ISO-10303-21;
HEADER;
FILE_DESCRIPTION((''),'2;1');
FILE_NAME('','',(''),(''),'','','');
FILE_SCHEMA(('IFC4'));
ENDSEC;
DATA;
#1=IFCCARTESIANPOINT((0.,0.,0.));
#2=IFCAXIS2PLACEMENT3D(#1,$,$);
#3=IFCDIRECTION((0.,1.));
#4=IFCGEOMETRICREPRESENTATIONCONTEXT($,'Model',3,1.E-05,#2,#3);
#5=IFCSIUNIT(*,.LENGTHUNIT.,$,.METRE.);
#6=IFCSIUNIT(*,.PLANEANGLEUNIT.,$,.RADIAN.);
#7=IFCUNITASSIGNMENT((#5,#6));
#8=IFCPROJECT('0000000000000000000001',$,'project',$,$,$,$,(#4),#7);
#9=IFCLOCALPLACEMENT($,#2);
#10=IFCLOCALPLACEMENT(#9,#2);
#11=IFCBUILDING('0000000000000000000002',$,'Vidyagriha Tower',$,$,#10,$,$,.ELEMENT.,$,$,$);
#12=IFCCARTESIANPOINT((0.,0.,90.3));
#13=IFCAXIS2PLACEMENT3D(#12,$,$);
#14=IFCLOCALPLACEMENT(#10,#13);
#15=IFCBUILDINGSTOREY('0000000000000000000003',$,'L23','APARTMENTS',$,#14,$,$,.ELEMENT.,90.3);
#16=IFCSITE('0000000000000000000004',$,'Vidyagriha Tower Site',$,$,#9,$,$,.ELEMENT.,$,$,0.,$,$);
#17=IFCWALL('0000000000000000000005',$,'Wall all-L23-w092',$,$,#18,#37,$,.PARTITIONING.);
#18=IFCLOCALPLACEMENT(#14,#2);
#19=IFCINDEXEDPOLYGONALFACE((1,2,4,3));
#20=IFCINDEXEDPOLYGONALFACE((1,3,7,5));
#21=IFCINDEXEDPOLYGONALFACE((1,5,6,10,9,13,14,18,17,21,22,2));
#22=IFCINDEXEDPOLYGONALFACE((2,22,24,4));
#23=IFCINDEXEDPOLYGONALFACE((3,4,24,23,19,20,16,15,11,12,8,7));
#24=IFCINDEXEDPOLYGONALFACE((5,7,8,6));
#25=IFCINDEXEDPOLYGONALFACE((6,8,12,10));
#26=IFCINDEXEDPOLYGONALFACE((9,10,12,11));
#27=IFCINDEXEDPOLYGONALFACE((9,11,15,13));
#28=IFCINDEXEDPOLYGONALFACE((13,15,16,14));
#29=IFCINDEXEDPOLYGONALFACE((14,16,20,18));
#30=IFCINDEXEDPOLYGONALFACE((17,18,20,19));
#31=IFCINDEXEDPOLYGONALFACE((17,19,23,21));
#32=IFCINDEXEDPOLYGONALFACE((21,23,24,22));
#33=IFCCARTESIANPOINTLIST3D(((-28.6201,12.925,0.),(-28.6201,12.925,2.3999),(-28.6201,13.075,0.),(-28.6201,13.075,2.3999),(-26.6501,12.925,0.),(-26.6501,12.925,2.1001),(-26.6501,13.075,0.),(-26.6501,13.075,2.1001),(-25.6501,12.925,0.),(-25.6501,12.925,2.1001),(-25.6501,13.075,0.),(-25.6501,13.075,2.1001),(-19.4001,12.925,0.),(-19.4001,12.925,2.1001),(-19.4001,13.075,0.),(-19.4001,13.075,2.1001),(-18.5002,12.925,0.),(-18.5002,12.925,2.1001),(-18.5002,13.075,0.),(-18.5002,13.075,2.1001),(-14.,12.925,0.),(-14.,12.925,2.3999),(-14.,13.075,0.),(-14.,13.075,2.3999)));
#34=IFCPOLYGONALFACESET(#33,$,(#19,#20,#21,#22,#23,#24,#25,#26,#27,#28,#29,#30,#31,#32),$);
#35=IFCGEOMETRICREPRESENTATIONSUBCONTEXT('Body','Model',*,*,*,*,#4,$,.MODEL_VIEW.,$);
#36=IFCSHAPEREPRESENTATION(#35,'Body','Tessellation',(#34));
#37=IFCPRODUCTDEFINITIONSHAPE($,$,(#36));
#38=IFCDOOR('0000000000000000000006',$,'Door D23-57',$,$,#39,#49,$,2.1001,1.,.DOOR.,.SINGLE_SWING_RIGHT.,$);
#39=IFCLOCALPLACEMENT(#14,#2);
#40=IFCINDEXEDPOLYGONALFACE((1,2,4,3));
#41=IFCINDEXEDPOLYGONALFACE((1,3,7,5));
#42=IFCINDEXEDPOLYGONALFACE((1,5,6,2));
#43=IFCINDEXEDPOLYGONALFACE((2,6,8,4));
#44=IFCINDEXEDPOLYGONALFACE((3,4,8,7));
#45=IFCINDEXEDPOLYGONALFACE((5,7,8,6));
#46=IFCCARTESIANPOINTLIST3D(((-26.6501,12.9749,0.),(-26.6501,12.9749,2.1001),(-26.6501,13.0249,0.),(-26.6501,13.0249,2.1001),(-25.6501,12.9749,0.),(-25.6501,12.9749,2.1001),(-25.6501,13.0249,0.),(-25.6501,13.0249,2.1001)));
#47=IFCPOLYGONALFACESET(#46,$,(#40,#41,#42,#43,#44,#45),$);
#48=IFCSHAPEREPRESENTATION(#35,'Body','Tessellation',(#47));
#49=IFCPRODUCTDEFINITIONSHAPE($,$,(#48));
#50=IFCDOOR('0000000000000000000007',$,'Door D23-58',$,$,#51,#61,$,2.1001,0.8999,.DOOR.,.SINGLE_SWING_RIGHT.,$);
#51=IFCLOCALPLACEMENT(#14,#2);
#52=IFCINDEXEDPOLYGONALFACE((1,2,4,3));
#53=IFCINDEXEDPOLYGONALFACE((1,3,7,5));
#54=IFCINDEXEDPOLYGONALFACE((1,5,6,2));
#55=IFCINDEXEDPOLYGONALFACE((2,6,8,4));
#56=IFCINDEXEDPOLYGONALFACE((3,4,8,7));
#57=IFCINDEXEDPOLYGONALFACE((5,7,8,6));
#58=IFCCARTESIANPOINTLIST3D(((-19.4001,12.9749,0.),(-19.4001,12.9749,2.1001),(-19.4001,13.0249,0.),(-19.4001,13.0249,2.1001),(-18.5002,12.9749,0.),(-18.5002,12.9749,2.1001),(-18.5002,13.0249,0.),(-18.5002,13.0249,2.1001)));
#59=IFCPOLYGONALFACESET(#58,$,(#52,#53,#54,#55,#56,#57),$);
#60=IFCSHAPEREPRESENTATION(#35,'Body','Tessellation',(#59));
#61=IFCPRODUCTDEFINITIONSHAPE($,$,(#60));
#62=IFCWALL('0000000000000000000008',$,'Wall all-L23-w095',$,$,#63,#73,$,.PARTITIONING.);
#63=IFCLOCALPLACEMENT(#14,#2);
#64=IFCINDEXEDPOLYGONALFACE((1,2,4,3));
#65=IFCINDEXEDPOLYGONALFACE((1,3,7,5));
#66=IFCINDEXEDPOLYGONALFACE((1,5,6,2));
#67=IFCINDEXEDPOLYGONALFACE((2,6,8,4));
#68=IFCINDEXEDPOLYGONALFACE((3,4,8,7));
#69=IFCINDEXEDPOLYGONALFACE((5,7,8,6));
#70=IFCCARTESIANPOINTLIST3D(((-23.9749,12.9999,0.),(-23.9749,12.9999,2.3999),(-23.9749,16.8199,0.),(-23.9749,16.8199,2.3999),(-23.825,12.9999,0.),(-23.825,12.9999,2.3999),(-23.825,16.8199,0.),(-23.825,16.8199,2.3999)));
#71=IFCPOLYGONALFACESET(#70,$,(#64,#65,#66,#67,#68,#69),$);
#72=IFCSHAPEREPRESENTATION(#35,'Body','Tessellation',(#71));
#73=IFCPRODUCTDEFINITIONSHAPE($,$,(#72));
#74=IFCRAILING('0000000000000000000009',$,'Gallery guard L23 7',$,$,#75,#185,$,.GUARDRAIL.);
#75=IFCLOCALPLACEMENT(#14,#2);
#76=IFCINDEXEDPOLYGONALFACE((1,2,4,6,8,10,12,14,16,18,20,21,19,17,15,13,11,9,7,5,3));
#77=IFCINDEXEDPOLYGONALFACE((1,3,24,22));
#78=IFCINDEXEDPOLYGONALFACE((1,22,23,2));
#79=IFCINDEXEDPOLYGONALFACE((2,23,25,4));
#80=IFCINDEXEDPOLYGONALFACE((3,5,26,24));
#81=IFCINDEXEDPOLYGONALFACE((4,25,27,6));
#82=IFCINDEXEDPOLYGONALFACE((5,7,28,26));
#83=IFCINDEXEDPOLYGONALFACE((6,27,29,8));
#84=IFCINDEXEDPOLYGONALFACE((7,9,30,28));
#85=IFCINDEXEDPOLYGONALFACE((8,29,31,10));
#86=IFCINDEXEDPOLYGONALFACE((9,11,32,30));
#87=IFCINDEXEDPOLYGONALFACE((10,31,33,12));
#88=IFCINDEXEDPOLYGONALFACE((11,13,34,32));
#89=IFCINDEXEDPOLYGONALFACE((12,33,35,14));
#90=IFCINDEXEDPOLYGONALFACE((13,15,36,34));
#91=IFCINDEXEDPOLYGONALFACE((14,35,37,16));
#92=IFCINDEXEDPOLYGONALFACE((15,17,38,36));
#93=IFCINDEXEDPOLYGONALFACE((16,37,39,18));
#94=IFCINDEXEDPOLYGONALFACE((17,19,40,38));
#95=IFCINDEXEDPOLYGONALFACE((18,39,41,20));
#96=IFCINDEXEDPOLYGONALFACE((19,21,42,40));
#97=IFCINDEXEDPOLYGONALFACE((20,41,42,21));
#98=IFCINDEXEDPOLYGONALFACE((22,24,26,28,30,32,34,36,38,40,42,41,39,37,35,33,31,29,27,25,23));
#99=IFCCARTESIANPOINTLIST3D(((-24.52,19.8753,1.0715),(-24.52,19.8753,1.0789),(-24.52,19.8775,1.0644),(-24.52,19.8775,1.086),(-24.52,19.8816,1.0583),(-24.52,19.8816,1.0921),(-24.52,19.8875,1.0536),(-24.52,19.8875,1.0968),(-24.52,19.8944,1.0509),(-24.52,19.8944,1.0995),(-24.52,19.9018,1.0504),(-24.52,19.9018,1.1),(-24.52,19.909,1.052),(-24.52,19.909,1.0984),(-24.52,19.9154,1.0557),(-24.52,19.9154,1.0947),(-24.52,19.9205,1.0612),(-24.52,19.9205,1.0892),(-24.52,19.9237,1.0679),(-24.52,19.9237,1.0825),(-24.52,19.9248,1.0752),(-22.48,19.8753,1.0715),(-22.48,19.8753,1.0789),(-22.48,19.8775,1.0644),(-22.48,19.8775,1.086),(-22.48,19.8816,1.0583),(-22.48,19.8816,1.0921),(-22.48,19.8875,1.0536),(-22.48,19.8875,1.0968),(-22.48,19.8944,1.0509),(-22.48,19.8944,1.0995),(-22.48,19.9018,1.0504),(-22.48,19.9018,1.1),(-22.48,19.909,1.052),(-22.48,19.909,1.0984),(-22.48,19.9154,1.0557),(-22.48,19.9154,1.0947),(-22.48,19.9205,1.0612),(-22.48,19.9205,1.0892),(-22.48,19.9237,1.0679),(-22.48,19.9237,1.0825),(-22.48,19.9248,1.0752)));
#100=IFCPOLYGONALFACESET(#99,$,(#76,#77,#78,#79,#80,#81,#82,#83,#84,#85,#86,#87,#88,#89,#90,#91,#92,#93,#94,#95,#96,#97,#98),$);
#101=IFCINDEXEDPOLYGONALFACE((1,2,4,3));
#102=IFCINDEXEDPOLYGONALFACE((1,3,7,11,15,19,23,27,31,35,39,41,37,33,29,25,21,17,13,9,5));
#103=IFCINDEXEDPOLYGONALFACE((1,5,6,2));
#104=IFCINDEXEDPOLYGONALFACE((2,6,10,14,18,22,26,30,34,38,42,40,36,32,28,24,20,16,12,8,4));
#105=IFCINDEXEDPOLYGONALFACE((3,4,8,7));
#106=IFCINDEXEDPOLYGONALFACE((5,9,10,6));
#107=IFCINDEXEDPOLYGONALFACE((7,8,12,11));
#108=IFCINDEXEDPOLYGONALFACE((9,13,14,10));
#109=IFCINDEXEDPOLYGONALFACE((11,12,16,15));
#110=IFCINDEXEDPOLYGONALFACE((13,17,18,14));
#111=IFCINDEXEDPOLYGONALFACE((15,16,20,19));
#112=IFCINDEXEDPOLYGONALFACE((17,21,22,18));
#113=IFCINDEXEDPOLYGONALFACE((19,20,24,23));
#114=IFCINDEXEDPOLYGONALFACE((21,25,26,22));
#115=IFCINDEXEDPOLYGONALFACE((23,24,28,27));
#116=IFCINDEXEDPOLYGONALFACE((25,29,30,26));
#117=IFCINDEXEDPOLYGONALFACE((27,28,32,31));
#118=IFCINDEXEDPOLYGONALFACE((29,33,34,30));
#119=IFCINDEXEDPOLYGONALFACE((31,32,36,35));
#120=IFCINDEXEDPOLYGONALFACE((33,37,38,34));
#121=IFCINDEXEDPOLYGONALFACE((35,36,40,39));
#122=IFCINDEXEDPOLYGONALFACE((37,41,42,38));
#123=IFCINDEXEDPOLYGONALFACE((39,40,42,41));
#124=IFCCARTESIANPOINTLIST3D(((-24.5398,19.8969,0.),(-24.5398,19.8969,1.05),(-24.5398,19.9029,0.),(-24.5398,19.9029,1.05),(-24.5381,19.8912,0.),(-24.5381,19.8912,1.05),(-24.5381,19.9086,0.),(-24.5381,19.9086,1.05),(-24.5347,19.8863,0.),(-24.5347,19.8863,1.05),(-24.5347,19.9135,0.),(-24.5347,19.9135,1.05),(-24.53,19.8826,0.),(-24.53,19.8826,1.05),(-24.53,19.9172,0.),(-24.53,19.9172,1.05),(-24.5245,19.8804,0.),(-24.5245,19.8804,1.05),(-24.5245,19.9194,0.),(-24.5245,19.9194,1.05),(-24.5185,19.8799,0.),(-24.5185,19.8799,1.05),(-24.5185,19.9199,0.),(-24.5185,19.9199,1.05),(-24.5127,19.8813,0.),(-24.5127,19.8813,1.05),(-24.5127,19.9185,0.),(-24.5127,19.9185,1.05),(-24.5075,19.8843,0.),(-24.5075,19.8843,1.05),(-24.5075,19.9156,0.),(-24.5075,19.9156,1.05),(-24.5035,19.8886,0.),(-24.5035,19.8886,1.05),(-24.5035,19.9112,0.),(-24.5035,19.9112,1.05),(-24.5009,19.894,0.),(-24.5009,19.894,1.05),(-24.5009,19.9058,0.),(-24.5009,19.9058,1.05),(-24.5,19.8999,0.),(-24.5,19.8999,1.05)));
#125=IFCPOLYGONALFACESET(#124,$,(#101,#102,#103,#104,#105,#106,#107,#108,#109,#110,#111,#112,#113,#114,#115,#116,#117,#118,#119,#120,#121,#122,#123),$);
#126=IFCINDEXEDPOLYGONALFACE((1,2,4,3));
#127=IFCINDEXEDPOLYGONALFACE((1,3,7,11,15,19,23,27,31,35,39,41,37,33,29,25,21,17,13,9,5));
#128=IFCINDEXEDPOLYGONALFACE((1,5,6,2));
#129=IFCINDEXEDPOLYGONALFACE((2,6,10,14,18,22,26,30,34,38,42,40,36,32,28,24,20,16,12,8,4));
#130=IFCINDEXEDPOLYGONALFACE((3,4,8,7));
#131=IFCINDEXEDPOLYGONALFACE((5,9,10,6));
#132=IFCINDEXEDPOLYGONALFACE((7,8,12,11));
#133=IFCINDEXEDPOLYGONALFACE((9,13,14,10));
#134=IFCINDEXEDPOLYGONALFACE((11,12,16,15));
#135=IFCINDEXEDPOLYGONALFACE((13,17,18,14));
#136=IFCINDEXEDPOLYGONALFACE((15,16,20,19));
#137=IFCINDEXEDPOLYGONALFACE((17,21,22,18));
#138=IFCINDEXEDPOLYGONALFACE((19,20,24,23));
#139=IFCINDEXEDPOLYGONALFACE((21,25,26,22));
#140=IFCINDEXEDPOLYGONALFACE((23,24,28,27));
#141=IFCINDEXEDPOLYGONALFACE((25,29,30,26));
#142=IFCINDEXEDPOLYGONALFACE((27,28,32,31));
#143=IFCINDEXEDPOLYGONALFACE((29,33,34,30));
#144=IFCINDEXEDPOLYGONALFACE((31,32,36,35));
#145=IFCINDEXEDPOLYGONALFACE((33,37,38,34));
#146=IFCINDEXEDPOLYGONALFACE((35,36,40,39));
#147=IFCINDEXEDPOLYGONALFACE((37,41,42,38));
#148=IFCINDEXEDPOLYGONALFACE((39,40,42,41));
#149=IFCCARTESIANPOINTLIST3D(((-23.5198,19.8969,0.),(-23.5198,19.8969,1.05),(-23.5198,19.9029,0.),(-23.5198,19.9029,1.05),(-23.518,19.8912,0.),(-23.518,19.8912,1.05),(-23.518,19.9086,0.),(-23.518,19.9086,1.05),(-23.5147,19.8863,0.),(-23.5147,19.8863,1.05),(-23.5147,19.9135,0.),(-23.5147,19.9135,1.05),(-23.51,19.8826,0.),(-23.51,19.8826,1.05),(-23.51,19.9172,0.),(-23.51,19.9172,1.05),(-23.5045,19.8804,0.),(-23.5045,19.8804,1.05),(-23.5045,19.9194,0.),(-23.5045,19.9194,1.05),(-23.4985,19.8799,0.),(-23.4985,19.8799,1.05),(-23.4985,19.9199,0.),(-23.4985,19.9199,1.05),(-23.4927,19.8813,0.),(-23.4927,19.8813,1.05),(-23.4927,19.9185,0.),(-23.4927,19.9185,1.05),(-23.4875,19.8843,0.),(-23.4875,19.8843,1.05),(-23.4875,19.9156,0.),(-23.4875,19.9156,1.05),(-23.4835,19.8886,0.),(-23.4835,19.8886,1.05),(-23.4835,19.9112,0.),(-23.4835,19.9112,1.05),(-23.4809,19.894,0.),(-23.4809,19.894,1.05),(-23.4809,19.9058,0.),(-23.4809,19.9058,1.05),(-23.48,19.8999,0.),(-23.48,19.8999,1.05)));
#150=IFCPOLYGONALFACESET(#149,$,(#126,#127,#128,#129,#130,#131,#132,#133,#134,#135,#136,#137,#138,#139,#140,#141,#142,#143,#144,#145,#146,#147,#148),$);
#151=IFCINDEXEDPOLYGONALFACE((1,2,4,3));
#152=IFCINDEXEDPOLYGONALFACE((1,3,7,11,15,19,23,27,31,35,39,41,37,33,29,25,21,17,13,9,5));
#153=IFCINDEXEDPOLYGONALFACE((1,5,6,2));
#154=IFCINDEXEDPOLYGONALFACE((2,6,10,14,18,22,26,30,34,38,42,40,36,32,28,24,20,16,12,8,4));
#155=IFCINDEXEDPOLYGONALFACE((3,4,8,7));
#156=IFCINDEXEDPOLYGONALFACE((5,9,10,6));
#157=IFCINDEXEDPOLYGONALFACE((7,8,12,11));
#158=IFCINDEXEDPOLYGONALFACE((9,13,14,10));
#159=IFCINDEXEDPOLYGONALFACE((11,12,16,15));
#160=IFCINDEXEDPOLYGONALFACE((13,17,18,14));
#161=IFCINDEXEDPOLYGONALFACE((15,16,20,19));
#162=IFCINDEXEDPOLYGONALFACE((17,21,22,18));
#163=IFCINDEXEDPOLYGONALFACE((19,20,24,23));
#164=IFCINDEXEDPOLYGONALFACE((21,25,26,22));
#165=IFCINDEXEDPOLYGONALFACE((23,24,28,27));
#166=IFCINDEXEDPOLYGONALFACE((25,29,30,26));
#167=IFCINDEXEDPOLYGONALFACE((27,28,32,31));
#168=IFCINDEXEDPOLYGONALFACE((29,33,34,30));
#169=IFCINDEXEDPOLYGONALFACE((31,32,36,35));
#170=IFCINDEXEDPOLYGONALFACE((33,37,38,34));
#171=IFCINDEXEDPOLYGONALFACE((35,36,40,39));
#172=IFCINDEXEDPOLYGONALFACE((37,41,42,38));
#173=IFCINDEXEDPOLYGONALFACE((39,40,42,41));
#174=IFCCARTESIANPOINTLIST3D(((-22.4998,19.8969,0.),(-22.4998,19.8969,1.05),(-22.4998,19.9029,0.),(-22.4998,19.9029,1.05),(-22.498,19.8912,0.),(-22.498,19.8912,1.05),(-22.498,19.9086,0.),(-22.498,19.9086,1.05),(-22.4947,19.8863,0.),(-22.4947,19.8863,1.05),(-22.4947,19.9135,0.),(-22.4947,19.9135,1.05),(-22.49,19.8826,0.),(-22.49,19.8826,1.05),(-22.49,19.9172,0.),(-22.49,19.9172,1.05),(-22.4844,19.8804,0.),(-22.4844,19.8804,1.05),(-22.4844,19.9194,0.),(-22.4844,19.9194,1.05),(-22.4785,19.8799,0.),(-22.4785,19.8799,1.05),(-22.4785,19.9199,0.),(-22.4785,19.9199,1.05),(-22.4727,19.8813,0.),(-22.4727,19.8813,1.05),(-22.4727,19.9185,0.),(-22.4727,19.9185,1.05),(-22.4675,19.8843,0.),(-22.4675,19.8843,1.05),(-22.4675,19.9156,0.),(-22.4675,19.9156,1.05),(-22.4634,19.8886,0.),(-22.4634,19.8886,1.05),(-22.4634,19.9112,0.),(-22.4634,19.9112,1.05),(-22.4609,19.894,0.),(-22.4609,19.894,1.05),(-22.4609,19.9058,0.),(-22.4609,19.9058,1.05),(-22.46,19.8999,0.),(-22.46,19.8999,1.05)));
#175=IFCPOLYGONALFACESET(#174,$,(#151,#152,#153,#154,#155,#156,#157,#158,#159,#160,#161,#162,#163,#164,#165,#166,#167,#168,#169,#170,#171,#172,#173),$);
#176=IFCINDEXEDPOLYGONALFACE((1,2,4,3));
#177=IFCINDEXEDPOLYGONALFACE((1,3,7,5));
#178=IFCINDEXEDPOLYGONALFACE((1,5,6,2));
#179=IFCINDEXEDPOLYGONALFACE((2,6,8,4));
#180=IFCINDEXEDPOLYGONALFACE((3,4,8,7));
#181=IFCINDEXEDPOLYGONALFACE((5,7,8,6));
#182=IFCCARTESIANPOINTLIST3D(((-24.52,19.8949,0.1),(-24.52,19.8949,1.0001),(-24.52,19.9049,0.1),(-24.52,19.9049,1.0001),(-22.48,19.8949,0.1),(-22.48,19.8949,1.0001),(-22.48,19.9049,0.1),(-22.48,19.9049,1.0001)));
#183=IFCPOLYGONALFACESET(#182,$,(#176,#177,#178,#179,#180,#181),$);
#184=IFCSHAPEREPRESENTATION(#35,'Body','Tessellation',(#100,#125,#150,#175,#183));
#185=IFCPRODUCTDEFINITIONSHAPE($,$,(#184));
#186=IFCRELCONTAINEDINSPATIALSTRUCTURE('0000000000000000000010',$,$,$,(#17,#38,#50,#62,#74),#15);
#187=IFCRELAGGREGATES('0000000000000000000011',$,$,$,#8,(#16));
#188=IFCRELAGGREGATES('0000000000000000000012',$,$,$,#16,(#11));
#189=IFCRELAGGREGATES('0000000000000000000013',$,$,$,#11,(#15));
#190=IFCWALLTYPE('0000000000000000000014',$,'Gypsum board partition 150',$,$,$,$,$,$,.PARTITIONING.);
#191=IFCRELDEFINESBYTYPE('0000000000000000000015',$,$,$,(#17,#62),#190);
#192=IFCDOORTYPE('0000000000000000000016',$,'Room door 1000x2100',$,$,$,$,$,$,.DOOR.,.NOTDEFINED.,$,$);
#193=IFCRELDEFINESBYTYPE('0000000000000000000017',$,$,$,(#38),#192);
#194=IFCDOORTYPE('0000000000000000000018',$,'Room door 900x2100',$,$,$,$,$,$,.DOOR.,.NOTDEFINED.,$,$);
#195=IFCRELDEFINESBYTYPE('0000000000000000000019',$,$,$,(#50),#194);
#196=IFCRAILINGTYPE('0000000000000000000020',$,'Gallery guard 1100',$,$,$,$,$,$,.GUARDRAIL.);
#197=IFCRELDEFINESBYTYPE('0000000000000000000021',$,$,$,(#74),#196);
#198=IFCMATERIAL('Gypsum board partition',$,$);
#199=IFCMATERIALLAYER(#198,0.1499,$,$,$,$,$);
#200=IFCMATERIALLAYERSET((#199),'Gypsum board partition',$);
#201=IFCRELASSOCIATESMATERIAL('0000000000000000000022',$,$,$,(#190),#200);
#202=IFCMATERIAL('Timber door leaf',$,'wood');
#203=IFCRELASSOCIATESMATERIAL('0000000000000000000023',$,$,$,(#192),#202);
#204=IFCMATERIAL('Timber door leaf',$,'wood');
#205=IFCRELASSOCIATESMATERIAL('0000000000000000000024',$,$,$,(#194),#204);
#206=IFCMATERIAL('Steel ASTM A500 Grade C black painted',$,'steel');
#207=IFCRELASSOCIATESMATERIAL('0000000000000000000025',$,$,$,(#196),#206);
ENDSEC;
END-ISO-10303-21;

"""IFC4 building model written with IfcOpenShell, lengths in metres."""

from ifc_helpers import new_model, si_unit, direction, frame, frame_2d, origin, origin_2d, place, context, subcontext, project, spatial, rectangle, circle, extrude, material, layer, layer_set, type_object, element, fill, save


model = new_model("IFC4")

# Units and contexts
model_context = context("Model", 3, precision=1e-05, world=origin(), true_north=direction((0.0, 1.0)))
body_context = subcontext(model_context, "Body", "Model", "MODEL_VIEW")
ifc_project = project(units=[si_unit("LENGTHUNIT", "METRE"), si_unit("PLANEANGLEUNIT", "RADIAN")], contexts=[model_context])

# Site, building, storey
site_placement = place(None, origin())
site = spatial("IfcSite", under=ifc_project, at=site_placement, Name="Vidyagriha Tower Site", CompositionType="ELEMENT", RefElevation=0.0)
building_placement = place(site_placement, origin())
building = spatial("IfcBuilding", under=site, at=building_placement, Name="Vidyagriha Tower", CompositionType="ELEMENT")
storey_placement = place(building_placement, frame((0.0, 0.0, 90.3)))
storey = spatial("IfcBuildingStorey", under=building, at=storey_placement, Name="L23", Description="APARTMENTS", CompositionType="ELEMENT", Elevation=90.3)

# Wall, openings, doors
ifc_material_1 = material(Name="Gypsum board partition")
ifc_layer_1 = layer(ifc_material_1, 0.1499)
ifc_layer_set_1 = layer_set([ifc_layer_1], Name="Gypsum board partition")
wall_type_1 = type_object("IfcWallType", Name="Gypsum board partition 150", PredefinedType="PARTITIONING", material=ifc_layer_set_1)
wall_1_placement = place(storey_placement, frame((-28.6201, 13.0, 0.0)))
wall_1 = element("IfcWall", 1, at=wall_1_placement, inside=storey, type_object=wall_type_1, Name="Wall all-L23-w092", PredefinedType="PARTITIONING", context=body_context, shape_type="SweptSolid", body=[
    extrude(rectangle(XDim=14.6201, YDim=0.1499, at=frame_2d((7.3101, 0.0))), origin(), (0.0, 0.0, 1.0), 2.3999),
])
opening_1_placement = place(wall_1_placement, frame((1.97, 0.0, 0.0)))
opening_1 = element("IfcOpeningElement", 2, at=opening_1_placement, cuts=wall_1, PredefinedType="OPENING", context=body_context, shape_type="SweptSolid", body=[
    extrude(rectangle(XDim=1.0, YDim=2.1001, at=frame_2d((0.5, 1.05))), frame((0.0, 0.085, 0.0), z_axis=(0.0, -1.0, 0.0), x_axis=(1.0, 0.0, 0.0)), (0.0, 0.0, 1.0), 0.1699),
])
opening_2_placement = place(wall_1_placement, frame((9.22, 0.0, 0.0)))
opening_2 = element("IfcOpeningElement", 3, at=opening_2_placement, cuts=wall_1, PredefinedType="OPENING", context=body_context, shape_type="SweptSolid", body=[
    extrude(rectangle(XDim=0.8999, YDim=2.1001, at=frame_2d((0.45, 1.05))), frame((0.0, 0.085, 0.0), z_axis=(0.0, -1.0, 0.0), x_axis=(1.0, 0.0, 0.0)), (0.0, 0.0, 1.0), 0.1699),
])
ifc_material_2 = material(Name="Timber door leaf", Category="wood")
door_type_1 = type_object("IfcDoorType", Name="Room door 1000x2100", OperationType="NOTDEFINED", PredefinedType="DOOR", material=ifc_material_2)
door_1_placement = place(opening_1_placement, origin())
door_1 = element("IfcDoor", 4, at=door_1_placement, inside=storey, type_object=door_type_1, Name="Door D23-57", OperationType="SINGLE_SWING_RIGHT", OverallHeight=2.1001, OverallWidth=1.0, PredefinedType="DOOR", context=body_context, shape_type="SweptSolid", body=[
    extrude(rectangle(XDim=1.0, YDim=2.1001, at=frame_2d((0.5, 1.05))), frame((0.0, 0.0249, 0.0), z_axis=(0.0, -1.0, 0.0), x_axis=(1.0, 0.0, 0.0)), (0.0, 0.0, 1.0), 0.05),
])
fill(opening_1, door_1)
ifc_material_3 = material(Name="Timber door leaf", Category="wood")
door_type_2 = type_object("IfcDoorType", Name="Room door 900x2100", OperationType="NOTDEFINED", PredefinedType="DOOR", material=ifc_material_3)
door_2_placement = place(opening_2_placement, origin())
door_2 = element("IfcDoor", 5, at=door_2_placement, inside=storey, type_object=door_type_2, Name="Door D23-58", OperationType="SINGLE_SWING_RIGHT", OverallHeight=2.1001, OverallWidth=0.8999, PredefinedType="DOOR", context=body_context, shape_type="SweptSolid", body=[
    extrude(rectangle(XDim=0.8999, YDim=2.1001, at=frame_2d((0.45, 1.05))), frame((0.0, 0.0249, 0.0), z_axis=(0.0, -1.0, 0.0), x_axis=(1.0, 0.0, 0.0)), (0.0, 0.0, 1.0), 0.05),
])
fill(opening_2, door_2)

# Wall
wall_2_placement = place(storey_placement, frame((-23.8999, 16.8201, 0.0), z_axis=(0.0, 0.0, 1.0), x_axis=(0.0, -1.0, 0.0)))
element("IfcWall", 6, at=wall_2_placement, inside=storey, type_object=wall_type_1, Name="Wall all-L23-w095", PredefinedType="PARTITIONING", context=body_context, shape_type="SweptSolid", body=[
    extrude(rectangle(XDim=3.8201, YDim=0.1499, at=frame_2d((1.9102, 0.0))), origin(), (0.0, 0.0, 1.0), 2.3999),
])

# Railing
ifc_material_4 = material(Name="Steel ASTM A500 Grade C black painted", Category="steel")
railing_type = type_object("IfcRailingType", Name="Gallery guard 1100", PredefinedType="GUARDRAIL", material=ifc_material_4)
railing_1_placement = place(storey_placement, frame((-24.52, 19.8999, 0.0)))
element("IfcRailing", 7, at=railing_1_placement, inside=storey, type_object=railing_type, Name="Gallery guard L23 7", PredefinedType="GUARDRAIL", context=body_context, shape_type="SweptSolid", body=[
    extrude(circle(Radius=0.0249, at=origin_2d()), frame((0.0, 0.0, 1.0752), z_axis=(1.0, 0.0, 0.0), x_axis=(0.0, 1.0, 0.0)), (0.0, 0.0, 1.0), 2.04),
    extrude(circle(Radius=0.02, at=origin_2d()), origin(), (0.0, 0.0, 1.0), 1.05),
    extrude(circle(Radius=0.02, at=origin_2d()), frame((1.02, 0.0, 0.0)), (0.0, 0.0, 1.0), 1.05),
    extrude(circle(Radius=0.02, at=origin_2d()), frame((2.04, 0.0, 0.0)), (0.0, 0.0, 1.0), 1.05),
    extrude(rectangle(XDim=0.01, YDim=0.9001, at=origin_2d()), frame((0.0, 0.0, 0.55), z_axis=(1.0, 0.0, 0.0), x_axis=(0.0, 1.0, 0.0)), (0.0, 0.0, 1.0), 2.04),
])

save(model, "model.ifc")
